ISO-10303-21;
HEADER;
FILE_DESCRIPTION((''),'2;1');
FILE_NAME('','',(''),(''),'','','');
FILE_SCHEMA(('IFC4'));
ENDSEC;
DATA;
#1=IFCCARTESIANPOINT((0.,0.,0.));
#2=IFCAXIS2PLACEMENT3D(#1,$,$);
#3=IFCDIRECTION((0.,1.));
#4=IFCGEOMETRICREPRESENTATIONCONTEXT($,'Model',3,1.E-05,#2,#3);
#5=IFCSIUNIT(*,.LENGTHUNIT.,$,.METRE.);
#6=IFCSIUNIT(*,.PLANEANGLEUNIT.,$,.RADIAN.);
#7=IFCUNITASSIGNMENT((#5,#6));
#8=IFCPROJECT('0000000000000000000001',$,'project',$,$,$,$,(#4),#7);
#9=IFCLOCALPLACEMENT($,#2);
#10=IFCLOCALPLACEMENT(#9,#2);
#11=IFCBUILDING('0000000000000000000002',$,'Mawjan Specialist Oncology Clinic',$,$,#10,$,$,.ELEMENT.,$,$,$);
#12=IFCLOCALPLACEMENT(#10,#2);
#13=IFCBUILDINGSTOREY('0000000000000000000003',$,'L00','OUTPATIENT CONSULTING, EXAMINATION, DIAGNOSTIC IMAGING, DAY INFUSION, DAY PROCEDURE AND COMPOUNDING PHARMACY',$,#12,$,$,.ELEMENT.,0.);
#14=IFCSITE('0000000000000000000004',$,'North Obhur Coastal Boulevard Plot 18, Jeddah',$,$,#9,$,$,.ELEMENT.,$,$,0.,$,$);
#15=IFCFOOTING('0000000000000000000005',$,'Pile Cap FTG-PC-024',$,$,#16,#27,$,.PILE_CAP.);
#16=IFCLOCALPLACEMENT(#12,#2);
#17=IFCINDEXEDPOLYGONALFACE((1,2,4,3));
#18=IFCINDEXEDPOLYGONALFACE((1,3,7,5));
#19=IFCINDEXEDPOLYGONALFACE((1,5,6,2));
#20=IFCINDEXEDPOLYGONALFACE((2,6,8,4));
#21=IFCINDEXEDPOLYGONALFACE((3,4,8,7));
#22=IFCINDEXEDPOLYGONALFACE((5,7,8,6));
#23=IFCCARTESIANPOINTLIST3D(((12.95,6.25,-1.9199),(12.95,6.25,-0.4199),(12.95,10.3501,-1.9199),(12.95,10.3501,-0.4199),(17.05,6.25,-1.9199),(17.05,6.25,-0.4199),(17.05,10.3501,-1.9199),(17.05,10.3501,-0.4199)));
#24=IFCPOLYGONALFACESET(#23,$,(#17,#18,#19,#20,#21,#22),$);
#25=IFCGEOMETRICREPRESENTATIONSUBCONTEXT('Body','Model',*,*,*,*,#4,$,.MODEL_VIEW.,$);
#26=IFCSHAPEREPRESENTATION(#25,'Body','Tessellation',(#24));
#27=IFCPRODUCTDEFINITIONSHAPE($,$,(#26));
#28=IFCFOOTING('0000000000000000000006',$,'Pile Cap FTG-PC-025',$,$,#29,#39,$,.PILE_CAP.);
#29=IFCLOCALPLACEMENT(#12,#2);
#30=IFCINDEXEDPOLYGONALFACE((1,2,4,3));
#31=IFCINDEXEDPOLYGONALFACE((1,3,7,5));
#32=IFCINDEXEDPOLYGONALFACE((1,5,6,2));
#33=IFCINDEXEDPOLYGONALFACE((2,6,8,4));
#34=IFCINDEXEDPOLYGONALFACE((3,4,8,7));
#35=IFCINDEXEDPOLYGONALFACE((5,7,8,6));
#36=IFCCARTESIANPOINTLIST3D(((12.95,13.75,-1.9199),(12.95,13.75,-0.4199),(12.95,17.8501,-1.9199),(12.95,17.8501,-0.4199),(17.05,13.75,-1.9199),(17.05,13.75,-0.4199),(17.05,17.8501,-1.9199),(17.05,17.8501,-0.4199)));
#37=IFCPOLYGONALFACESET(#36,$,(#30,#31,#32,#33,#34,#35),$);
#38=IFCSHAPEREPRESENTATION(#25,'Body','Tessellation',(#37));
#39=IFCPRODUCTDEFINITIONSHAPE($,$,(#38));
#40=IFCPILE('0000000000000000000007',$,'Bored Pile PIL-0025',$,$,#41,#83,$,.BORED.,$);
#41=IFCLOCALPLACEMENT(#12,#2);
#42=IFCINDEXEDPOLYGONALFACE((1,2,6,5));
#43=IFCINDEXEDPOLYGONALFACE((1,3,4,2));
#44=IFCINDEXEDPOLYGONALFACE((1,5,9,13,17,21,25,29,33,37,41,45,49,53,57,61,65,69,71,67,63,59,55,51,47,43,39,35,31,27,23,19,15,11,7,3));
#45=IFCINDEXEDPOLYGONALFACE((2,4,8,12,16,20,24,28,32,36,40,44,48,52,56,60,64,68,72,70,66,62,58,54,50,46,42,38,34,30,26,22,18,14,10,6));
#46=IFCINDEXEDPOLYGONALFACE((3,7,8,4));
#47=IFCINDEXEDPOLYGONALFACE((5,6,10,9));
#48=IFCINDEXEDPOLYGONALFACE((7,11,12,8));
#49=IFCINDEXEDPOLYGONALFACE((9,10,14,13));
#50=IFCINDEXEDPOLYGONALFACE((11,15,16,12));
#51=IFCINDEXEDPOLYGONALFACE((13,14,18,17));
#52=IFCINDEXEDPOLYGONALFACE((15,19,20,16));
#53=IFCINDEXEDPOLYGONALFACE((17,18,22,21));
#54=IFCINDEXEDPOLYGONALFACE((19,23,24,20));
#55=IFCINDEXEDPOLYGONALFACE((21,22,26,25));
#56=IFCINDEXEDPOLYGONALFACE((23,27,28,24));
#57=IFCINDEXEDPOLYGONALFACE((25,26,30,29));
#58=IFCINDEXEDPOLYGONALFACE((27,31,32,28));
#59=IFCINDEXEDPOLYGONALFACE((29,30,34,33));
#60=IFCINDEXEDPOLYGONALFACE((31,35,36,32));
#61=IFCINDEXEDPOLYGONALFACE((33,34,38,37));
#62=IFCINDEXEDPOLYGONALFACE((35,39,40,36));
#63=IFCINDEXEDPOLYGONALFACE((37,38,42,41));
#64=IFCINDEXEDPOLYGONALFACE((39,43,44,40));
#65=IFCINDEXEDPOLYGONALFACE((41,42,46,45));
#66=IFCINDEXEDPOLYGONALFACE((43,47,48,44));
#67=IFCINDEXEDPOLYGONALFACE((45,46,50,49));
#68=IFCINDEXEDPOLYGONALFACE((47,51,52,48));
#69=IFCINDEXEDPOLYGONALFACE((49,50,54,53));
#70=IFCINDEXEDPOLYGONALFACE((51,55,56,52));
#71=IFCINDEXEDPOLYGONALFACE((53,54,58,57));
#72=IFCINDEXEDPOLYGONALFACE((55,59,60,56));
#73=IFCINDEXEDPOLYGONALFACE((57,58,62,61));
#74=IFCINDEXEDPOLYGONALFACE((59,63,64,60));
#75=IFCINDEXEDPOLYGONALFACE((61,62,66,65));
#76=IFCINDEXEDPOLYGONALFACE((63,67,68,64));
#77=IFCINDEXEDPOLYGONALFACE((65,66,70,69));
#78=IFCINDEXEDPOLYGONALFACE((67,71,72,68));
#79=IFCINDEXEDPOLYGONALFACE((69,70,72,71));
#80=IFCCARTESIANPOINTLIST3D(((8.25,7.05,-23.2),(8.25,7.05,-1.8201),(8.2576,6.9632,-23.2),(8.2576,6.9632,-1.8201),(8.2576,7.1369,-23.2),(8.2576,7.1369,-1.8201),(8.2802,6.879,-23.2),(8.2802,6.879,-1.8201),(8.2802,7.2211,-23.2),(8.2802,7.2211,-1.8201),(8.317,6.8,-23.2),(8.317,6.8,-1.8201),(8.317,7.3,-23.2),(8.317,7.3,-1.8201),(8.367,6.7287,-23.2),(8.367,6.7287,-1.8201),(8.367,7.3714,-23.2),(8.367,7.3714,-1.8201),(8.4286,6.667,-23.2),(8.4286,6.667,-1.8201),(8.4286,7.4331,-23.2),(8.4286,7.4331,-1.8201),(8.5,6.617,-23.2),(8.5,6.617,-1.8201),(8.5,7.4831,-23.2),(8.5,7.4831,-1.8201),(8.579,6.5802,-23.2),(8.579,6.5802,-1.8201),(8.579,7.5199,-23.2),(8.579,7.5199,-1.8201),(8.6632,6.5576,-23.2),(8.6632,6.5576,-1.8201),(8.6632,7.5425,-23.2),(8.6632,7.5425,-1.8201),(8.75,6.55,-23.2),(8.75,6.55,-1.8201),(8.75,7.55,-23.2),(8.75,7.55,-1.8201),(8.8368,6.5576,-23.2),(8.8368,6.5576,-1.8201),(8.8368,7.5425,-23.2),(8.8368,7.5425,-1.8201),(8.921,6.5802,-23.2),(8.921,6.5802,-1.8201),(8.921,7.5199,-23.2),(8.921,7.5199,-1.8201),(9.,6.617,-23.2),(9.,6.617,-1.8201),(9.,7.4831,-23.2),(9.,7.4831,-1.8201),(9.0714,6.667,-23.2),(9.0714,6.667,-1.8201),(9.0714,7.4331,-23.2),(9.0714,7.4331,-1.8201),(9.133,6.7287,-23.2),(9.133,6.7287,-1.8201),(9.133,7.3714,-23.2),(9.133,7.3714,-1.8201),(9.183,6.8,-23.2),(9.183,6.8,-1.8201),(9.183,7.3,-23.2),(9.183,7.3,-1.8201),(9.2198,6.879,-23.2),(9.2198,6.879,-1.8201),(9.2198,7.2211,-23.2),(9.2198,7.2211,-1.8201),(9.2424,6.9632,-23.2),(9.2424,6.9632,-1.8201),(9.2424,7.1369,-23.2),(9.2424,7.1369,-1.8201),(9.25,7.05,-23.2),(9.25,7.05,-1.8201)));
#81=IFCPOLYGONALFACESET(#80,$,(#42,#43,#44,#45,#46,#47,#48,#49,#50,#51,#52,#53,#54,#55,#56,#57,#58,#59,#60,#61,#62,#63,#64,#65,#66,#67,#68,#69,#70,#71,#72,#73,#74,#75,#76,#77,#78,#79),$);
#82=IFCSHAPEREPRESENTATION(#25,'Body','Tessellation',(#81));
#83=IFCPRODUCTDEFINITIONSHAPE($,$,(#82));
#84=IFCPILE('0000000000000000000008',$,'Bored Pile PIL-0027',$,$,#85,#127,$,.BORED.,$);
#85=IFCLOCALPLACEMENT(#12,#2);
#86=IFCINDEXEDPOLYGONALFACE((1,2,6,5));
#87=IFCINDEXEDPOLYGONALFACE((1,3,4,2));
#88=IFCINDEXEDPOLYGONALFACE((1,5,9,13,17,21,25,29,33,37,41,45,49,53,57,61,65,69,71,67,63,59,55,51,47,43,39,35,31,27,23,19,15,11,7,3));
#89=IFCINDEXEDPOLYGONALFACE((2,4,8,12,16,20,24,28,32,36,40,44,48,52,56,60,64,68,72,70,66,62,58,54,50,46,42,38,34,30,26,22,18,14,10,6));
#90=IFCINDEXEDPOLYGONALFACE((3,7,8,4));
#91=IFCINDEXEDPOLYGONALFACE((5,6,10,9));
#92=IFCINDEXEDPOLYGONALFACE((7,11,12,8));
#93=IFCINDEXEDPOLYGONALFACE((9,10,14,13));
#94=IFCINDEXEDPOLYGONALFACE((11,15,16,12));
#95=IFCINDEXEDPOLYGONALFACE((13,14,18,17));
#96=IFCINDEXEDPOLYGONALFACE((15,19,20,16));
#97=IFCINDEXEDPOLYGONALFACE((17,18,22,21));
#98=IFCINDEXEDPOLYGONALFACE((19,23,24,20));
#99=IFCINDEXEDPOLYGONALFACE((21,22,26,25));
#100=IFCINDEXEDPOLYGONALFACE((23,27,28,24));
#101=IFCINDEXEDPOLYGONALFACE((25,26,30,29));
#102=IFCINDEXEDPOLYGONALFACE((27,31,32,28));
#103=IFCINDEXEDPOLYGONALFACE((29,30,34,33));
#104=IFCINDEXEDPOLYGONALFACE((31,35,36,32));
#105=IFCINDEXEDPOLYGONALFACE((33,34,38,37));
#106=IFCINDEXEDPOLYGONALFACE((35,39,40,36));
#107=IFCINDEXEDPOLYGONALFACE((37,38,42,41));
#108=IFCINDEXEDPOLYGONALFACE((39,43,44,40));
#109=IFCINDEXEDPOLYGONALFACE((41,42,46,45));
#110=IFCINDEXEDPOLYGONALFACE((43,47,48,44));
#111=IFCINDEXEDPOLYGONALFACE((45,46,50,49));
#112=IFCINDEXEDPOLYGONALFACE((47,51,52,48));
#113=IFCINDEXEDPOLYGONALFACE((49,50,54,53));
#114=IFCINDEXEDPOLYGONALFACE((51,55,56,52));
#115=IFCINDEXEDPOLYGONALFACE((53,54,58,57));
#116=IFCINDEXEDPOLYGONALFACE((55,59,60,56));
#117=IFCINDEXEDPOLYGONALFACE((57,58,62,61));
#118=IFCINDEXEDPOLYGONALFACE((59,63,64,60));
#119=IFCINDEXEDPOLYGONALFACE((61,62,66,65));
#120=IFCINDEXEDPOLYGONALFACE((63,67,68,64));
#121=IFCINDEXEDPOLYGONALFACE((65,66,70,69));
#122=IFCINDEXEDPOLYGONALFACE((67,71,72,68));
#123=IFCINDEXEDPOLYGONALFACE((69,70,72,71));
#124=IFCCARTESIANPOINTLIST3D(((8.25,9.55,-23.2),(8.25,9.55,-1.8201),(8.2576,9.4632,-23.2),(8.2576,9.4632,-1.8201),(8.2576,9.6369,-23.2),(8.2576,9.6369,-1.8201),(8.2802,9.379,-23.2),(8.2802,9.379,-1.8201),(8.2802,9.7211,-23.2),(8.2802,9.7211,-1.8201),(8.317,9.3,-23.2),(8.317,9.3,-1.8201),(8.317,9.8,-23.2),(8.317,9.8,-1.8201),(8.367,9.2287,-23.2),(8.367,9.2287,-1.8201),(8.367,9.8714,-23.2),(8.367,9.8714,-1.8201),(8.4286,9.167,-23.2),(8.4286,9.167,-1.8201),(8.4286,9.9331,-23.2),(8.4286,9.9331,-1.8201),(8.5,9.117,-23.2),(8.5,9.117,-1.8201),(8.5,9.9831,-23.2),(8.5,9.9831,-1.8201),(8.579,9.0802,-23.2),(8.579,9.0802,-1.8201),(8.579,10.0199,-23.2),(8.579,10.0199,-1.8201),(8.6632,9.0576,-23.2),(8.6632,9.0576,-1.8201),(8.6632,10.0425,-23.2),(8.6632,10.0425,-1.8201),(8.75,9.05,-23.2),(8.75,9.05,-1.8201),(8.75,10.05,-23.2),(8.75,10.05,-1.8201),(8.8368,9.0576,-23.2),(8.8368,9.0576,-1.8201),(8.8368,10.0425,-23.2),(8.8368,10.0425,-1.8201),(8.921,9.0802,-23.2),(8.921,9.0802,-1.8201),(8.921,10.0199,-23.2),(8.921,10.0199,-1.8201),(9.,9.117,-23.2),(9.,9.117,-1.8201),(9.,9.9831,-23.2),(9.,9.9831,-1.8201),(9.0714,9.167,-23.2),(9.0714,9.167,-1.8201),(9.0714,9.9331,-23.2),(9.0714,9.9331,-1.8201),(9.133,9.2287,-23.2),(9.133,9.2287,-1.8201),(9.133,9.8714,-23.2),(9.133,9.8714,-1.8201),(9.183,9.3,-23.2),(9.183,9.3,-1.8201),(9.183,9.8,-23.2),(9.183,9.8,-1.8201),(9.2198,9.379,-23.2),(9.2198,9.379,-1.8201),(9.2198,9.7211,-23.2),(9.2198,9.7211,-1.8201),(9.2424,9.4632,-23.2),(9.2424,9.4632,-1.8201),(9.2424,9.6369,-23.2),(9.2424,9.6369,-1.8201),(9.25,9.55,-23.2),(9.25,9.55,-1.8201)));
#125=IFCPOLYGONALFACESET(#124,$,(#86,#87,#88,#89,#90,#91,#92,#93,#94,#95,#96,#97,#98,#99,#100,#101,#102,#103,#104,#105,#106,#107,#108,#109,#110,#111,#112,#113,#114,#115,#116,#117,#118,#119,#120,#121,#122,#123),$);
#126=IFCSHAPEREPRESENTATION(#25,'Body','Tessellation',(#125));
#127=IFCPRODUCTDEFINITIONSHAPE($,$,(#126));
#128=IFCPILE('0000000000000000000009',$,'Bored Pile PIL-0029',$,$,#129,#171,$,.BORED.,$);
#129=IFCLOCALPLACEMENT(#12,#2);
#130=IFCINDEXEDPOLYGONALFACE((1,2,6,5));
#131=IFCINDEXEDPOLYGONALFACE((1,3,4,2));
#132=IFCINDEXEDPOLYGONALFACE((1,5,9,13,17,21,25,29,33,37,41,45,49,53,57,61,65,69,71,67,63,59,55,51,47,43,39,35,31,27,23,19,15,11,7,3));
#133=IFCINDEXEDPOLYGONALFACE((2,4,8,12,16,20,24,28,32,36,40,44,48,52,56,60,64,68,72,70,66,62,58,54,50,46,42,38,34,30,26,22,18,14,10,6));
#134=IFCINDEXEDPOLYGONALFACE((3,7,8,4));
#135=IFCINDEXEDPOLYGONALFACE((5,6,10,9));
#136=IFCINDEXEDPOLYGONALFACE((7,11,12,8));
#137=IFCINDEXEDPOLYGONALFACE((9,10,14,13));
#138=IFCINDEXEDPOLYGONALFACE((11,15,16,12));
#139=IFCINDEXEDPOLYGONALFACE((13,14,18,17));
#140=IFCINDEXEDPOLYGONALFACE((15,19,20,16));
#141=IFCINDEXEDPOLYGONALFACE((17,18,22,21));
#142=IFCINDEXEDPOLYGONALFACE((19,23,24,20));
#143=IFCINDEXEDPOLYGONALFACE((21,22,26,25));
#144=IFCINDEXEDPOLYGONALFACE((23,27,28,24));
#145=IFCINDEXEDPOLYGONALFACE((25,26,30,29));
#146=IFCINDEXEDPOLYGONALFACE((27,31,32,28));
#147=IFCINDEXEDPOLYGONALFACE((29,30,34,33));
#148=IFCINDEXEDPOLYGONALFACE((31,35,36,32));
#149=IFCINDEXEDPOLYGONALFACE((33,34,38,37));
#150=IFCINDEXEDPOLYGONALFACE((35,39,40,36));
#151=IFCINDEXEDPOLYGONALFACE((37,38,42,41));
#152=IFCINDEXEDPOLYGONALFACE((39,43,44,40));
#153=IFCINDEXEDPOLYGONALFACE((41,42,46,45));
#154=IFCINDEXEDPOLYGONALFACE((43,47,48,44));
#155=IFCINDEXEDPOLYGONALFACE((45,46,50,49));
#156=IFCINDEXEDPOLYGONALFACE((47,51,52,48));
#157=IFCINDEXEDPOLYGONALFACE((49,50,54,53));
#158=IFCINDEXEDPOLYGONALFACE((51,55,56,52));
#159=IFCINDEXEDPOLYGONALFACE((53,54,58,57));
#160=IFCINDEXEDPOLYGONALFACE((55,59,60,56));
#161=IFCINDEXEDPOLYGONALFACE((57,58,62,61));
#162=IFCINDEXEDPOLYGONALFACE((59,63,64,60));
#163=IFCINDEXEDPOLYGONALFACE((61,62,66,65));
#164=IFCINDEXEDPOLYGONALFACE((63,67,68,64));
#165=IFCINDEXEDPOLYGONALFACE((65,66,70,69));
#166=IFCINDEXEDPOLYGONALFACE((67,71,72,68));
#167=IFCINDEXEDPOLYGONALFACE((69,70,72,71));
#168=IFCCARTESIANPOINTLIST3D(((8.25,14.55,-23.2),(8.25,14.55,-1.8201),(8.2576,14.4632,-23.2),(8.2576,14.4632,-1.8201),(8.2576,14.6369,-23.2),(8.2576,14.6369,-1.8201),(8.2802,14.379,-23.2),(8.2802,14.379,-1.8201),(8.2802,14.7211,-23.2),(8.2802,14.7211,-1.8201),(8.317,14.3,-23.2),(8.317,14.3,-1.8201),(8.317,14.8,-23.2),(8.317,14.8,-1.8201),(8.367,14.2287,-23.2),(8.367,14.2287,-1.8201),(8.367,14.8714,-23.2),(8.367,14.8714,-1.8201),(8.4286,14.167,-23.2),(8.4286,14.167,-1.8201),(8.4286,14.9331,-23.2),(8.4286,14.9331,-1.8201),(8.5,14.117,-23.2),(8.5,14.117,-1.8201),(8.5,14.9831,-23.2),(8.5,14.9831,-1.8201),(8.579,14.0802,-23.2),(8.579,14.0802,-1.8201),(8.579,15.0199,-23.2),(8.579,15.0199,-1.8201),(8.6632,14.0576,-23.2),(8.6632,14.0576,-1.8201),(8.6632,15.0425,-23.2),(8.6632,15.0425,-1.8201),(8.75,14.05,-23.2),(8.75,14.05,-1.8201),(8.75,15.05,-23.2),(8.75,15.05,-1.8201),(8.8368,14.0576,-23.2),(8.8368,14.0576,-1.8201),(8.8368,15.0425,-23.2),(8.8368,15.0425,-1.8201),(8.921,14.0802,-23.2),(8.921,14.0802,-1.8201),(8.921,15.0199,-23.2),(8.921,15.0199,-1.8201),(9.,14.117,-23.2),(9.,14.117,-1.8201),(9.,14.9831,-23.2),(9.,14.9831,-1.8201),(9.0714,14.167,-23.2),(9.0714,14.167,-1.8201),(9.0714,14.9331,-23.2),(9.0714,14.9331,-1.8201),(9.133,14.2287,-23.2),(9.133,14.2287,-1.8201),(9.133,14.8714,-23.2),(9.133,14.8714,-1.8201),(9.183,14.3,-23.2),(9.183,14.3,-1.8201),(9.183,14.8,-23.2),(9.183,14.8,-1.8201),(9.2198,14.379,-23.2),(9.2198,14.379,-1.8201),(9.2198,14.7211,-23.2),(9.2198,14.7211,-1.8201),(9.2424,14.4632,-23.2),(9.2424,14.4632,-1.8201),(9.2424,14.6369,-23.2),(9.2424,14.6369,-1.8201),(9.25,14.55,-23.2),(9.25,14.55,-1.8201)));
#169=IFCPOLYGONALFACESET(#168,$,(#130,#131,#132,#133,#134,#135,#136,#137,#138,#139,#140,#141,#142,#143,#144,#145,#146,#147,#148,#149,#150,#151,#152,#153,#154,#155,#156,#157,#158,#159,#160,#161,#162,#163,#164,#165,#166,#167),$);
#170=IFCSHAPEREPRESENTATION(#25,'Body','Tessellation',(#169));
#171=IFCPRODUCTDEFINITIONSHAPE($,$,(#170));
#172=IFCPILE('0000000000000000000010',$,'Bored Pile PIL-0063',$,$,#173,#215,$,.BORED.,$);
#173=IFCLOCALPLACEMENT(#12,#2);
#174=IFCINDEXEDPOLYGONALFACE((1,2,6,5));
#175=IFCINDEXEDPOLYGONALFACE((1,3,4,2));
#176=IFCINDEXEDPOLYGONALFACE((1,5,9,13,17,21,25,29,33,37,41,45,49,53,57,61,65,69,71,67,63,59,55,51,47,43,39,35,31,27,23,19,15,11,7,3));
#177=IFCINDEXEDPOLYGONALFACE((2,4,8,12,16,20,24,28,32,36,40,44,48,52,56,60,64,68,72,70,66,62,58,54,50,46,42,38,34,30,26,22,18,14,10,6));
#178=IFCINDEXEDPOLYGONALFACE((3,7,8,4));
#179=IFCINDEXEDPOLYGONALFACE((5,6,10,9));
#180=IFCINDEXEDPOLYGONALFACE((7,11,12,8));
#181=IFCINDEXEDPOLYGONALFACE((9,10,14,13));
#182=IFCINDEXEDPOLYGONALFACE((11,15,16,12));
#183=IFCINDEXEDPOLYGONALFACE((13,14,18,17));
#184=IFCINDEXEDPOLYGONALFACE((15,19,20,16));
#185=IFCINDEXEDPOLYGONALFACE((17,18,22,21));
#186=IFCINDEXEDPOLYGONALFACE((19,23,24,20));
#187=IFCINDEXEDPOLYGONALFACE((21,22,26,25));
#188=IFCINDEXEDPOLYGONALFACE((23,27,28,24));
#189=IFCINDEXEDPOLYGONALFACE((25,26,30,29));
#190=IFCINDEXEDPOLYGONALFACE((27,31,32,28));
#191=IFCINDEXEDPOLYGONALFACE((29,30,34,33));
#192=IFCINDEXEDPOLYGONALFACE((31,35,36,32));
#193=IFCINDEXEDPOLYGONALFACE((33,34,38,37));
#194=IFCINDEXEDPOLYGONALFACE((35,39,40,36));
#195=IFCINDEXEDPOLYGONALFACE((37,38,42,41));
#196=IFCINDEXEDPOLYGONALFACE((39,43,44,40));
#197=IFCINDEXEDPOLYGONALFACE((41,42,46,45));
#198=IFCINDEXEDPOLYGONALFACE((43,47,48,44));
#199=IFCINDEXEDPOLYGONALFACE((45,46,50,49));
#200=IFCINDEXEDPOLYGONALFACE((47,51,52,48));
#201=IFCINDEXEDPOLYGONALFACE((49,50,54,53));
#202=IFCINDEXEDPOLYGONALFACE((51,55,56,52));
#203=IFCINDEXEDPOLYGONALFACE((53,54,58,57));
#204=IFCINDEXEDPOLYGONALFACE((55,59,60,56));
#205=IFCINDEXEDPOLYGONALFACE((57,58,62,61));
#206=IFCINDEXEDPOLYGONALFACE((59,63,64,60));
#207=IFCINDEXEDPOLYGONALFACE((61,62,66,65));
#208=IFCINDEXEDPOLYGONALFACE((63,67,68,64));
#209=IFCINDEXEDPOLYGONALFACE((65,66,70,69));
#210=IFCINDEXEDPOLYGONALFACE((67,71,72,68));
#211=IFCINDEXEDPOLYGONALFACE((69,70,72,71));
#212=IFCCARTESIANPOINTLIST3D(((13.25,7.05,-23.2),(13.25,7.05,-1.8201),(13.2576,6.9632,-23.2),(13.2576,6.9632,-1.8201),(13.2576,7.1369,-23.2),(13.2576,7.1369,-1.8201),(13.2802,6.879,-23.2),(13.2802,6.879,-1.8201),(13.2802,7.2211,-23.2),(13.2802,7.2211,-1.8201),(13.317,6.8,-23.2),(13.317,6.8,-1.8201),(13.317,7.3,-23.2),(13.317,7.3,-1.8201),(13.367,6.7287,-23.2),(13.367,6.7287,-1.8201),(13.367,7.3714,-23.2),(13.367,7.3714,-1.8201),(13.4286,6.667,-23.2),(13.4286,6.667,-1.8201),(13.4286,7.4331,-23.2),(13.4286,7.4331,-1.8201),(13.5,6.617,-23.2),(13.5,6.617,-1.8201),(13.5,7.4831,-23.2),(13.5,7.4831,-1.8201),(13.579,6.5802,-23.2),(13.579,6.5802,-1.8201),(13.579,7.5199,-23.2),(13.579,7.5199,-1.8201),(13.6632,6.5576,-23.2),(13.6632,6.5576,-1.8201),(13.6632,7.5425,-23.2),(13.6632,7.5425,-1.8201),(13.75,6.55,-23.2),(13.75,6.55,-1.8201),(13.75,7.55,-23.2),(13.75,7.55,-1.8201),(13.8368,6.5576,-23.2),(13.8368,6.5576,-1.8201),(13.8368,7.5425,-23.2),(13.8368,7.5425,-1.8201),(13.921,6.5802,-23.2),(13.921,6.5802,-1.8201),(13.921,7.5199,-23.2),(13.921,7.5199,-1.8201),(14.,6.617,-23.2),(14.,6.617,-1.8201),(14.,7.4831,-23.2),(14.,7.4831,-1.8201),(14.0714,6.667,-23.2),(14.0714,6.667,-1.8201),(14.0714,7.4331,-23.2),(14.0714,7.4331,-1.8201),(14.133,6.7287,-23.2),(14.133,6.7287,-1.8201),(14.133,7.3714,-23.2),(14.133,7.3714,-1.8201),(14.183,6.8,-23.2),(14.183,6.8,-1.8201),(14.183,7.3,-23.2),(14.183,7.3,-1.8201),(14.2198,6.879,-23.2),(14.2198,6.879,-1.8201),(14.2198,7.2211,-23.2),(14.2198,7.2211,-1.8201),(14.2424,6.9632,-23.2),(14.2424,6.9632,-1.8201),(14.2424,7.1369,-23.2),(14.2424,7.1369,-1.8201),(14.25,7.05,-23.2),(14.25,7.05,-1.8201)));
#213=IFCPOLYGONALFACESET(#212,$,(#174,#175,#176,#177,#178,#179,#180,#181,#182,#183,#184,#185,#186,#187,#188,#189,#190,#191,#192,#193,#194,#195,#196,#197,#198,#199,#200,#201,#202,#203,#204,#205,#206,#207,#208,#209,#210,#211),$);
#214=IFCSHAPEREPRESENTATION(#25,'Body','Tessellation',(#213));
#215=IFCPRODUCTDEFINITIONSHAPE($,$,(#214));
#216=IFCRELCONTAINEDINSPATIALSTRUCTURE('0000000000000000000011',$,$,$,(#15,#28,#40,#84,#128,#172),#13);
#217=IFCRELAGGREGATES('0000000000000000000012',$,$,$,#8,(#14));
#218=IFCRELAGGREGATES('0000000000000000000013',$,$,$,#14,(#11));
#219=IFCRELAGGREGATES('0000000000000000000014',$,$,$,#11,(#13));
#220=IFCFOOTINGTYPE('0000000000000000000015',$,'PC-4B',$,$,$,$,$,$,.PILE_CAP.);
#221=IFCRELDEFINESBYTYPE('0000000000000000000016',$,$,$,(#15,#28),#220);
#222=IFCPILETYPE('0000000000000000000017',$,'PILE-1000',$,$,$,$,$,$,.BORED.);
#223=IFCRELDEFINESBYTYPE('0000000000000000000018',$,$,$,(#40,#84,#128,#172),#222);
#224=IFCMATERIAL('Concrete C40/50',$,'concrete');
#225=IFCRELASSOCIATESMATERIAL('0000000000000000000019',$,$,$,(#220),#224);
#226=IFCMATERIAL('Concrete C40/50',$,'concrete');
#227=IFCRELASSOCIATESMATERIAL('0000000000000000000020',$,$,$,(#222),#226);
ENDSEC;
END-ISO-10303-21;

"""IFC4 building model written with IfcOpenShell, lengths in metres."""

from ifc_helpers import new_model, si_unit, direction, frame, origin, origin_2d, place, context, subcontext, project, spatial, rectangle, circle, extrude, material, material_profile, profile_set, type_object, element, save


model = new_model("IFC4")

# Units and contexts
model_context = context("Model", 3, precision=1e-05, world=origin(), true_north=direction((0.0, 1.0)))
body_context = subcontext(model_context, "Body", "Model", "MODEL_VIEW")
ifc_project = project(units=[si_unit("LENGTHUNIT", "METRE"), si_unit("PLANEANGLEUNIT", "RADIAN")], contexts=[model_context])

# Site, building, storey
site_placement = place(None, origin())
site = spatial("IfcSite", under=ifc_project, at=site_placement, Name="North Obhur Coastal Boulevard Plot 18, Jeddah", CompositionType="ELEMENT", RefElevation=0.0)
building_placement = place(site_placement, origin())
building = spatial("IfcBuilding", under=site, at=building_placement, Name="Mawjan Specialist Oncology Clinic", CompositionType="ELEMENT")
storey_placement = place(building_placement, origin())
storey = spatial("IfcBuildingStorey", under=building, at=storey_placement, Name="L00", Description="OUTPATIENT CONSULTING, EXAMINATION, DIAGNOSTIC IMAGING, DAY INFUSION, DAY PROCEDURE AND COMPOUNDING PHARMACY", CompositionType="ELEMENT", Elevation=0.0)

# Footings
ifc_material_1 = material(Name="Concrete C40/50", Category="concrete")
footing_type_1 = type_object("IfcFootingType", Name="PC-4B", PredefinedType="PILE_CAP", material=ifc_material_1)
for number, where, z_axis, x_axis, name in (
    (1, (15.0, 8.3, -1.9199), (0.0, 0.0, 1.0), (1.0, 0.0, 0.0), "Pile Cap FTG-PC-024"),
    (2, (15.0, 15.8, -1.9199), (0.0, 0.0, 1.0), (1.0, 0.0, 0.0), "Pile Cap FTG-PC-025"),
):
    element("IfcFooting", number, at=place(storey_placement, frame(where, z_axis=z_axis, x_axis=x_axis)), inside=storey, type_object=footing_type_1, Name=name, PredefinedType="PILE_CAP", context=body_context, shape_type="SweptSolid", body=[
        extrude(rectangle(XDim=4.1001, YDim=4.1001, at=origin_2d()), origin(), (0.0, 0.0, 1.0), 1.5),
    ])

# Piles
ifc_material_2 = material(Name="Concrete C40/50", Category="concrete")
ifc_material_profile_1 = material_profile(ifc_material_2, circle(Radius=0.5, at=origin_2d()), Name="BORED PILE D1000", Category="concrete")
ifc_profile_set_1 = profile_set([ifc_material_profile_1], Name="Concrete C40/50")
pile_type = type_object("IfcPileType", Name="PILE-1000", PredefinedType="BORED", material=ifc_profile_set_1)
for number, where, z_axis, x_axis, name in (
    (3, (8.75, 7.05, -1.8201), (0.0, 0.0, -1.0), (1.0, 0.0, 0.0), "Bored Pile PIL-0025"),
    (4, (8.75, 9.55, -1.8201), (0.0, 0.0, -1.0), (1.0, 0.0, 0.0), "Bored Pile PIL-0027"),
    (5, (8.75, 14.55, -1.8201), (0.0, 0.0, -1.0), (1.0, 0.0, 0.0), "Bored Pile PIL-0029"),
    (6, (13.75, 7.05, -1.8201), (0.0, 0.0, -1.0), (1.0, 0.0, 0.0), "Bored Pile PIL-0063"),
):
    element("IfcPile", number, at=place(storey_placement, frame(where, z_axis=z_axis, x_axis=x_axis)), inside=storey, type_object=pile_type, Name=name, PredefinedType="BORED", context=body_context, shape_type="SweptSolid", body=[
        extrude(circle(Radius=0.5, at=origin_2d()), origin(), (0.0, 0.0, 1.0), 21.3799),
    ])

save(model, "model.ifc")
